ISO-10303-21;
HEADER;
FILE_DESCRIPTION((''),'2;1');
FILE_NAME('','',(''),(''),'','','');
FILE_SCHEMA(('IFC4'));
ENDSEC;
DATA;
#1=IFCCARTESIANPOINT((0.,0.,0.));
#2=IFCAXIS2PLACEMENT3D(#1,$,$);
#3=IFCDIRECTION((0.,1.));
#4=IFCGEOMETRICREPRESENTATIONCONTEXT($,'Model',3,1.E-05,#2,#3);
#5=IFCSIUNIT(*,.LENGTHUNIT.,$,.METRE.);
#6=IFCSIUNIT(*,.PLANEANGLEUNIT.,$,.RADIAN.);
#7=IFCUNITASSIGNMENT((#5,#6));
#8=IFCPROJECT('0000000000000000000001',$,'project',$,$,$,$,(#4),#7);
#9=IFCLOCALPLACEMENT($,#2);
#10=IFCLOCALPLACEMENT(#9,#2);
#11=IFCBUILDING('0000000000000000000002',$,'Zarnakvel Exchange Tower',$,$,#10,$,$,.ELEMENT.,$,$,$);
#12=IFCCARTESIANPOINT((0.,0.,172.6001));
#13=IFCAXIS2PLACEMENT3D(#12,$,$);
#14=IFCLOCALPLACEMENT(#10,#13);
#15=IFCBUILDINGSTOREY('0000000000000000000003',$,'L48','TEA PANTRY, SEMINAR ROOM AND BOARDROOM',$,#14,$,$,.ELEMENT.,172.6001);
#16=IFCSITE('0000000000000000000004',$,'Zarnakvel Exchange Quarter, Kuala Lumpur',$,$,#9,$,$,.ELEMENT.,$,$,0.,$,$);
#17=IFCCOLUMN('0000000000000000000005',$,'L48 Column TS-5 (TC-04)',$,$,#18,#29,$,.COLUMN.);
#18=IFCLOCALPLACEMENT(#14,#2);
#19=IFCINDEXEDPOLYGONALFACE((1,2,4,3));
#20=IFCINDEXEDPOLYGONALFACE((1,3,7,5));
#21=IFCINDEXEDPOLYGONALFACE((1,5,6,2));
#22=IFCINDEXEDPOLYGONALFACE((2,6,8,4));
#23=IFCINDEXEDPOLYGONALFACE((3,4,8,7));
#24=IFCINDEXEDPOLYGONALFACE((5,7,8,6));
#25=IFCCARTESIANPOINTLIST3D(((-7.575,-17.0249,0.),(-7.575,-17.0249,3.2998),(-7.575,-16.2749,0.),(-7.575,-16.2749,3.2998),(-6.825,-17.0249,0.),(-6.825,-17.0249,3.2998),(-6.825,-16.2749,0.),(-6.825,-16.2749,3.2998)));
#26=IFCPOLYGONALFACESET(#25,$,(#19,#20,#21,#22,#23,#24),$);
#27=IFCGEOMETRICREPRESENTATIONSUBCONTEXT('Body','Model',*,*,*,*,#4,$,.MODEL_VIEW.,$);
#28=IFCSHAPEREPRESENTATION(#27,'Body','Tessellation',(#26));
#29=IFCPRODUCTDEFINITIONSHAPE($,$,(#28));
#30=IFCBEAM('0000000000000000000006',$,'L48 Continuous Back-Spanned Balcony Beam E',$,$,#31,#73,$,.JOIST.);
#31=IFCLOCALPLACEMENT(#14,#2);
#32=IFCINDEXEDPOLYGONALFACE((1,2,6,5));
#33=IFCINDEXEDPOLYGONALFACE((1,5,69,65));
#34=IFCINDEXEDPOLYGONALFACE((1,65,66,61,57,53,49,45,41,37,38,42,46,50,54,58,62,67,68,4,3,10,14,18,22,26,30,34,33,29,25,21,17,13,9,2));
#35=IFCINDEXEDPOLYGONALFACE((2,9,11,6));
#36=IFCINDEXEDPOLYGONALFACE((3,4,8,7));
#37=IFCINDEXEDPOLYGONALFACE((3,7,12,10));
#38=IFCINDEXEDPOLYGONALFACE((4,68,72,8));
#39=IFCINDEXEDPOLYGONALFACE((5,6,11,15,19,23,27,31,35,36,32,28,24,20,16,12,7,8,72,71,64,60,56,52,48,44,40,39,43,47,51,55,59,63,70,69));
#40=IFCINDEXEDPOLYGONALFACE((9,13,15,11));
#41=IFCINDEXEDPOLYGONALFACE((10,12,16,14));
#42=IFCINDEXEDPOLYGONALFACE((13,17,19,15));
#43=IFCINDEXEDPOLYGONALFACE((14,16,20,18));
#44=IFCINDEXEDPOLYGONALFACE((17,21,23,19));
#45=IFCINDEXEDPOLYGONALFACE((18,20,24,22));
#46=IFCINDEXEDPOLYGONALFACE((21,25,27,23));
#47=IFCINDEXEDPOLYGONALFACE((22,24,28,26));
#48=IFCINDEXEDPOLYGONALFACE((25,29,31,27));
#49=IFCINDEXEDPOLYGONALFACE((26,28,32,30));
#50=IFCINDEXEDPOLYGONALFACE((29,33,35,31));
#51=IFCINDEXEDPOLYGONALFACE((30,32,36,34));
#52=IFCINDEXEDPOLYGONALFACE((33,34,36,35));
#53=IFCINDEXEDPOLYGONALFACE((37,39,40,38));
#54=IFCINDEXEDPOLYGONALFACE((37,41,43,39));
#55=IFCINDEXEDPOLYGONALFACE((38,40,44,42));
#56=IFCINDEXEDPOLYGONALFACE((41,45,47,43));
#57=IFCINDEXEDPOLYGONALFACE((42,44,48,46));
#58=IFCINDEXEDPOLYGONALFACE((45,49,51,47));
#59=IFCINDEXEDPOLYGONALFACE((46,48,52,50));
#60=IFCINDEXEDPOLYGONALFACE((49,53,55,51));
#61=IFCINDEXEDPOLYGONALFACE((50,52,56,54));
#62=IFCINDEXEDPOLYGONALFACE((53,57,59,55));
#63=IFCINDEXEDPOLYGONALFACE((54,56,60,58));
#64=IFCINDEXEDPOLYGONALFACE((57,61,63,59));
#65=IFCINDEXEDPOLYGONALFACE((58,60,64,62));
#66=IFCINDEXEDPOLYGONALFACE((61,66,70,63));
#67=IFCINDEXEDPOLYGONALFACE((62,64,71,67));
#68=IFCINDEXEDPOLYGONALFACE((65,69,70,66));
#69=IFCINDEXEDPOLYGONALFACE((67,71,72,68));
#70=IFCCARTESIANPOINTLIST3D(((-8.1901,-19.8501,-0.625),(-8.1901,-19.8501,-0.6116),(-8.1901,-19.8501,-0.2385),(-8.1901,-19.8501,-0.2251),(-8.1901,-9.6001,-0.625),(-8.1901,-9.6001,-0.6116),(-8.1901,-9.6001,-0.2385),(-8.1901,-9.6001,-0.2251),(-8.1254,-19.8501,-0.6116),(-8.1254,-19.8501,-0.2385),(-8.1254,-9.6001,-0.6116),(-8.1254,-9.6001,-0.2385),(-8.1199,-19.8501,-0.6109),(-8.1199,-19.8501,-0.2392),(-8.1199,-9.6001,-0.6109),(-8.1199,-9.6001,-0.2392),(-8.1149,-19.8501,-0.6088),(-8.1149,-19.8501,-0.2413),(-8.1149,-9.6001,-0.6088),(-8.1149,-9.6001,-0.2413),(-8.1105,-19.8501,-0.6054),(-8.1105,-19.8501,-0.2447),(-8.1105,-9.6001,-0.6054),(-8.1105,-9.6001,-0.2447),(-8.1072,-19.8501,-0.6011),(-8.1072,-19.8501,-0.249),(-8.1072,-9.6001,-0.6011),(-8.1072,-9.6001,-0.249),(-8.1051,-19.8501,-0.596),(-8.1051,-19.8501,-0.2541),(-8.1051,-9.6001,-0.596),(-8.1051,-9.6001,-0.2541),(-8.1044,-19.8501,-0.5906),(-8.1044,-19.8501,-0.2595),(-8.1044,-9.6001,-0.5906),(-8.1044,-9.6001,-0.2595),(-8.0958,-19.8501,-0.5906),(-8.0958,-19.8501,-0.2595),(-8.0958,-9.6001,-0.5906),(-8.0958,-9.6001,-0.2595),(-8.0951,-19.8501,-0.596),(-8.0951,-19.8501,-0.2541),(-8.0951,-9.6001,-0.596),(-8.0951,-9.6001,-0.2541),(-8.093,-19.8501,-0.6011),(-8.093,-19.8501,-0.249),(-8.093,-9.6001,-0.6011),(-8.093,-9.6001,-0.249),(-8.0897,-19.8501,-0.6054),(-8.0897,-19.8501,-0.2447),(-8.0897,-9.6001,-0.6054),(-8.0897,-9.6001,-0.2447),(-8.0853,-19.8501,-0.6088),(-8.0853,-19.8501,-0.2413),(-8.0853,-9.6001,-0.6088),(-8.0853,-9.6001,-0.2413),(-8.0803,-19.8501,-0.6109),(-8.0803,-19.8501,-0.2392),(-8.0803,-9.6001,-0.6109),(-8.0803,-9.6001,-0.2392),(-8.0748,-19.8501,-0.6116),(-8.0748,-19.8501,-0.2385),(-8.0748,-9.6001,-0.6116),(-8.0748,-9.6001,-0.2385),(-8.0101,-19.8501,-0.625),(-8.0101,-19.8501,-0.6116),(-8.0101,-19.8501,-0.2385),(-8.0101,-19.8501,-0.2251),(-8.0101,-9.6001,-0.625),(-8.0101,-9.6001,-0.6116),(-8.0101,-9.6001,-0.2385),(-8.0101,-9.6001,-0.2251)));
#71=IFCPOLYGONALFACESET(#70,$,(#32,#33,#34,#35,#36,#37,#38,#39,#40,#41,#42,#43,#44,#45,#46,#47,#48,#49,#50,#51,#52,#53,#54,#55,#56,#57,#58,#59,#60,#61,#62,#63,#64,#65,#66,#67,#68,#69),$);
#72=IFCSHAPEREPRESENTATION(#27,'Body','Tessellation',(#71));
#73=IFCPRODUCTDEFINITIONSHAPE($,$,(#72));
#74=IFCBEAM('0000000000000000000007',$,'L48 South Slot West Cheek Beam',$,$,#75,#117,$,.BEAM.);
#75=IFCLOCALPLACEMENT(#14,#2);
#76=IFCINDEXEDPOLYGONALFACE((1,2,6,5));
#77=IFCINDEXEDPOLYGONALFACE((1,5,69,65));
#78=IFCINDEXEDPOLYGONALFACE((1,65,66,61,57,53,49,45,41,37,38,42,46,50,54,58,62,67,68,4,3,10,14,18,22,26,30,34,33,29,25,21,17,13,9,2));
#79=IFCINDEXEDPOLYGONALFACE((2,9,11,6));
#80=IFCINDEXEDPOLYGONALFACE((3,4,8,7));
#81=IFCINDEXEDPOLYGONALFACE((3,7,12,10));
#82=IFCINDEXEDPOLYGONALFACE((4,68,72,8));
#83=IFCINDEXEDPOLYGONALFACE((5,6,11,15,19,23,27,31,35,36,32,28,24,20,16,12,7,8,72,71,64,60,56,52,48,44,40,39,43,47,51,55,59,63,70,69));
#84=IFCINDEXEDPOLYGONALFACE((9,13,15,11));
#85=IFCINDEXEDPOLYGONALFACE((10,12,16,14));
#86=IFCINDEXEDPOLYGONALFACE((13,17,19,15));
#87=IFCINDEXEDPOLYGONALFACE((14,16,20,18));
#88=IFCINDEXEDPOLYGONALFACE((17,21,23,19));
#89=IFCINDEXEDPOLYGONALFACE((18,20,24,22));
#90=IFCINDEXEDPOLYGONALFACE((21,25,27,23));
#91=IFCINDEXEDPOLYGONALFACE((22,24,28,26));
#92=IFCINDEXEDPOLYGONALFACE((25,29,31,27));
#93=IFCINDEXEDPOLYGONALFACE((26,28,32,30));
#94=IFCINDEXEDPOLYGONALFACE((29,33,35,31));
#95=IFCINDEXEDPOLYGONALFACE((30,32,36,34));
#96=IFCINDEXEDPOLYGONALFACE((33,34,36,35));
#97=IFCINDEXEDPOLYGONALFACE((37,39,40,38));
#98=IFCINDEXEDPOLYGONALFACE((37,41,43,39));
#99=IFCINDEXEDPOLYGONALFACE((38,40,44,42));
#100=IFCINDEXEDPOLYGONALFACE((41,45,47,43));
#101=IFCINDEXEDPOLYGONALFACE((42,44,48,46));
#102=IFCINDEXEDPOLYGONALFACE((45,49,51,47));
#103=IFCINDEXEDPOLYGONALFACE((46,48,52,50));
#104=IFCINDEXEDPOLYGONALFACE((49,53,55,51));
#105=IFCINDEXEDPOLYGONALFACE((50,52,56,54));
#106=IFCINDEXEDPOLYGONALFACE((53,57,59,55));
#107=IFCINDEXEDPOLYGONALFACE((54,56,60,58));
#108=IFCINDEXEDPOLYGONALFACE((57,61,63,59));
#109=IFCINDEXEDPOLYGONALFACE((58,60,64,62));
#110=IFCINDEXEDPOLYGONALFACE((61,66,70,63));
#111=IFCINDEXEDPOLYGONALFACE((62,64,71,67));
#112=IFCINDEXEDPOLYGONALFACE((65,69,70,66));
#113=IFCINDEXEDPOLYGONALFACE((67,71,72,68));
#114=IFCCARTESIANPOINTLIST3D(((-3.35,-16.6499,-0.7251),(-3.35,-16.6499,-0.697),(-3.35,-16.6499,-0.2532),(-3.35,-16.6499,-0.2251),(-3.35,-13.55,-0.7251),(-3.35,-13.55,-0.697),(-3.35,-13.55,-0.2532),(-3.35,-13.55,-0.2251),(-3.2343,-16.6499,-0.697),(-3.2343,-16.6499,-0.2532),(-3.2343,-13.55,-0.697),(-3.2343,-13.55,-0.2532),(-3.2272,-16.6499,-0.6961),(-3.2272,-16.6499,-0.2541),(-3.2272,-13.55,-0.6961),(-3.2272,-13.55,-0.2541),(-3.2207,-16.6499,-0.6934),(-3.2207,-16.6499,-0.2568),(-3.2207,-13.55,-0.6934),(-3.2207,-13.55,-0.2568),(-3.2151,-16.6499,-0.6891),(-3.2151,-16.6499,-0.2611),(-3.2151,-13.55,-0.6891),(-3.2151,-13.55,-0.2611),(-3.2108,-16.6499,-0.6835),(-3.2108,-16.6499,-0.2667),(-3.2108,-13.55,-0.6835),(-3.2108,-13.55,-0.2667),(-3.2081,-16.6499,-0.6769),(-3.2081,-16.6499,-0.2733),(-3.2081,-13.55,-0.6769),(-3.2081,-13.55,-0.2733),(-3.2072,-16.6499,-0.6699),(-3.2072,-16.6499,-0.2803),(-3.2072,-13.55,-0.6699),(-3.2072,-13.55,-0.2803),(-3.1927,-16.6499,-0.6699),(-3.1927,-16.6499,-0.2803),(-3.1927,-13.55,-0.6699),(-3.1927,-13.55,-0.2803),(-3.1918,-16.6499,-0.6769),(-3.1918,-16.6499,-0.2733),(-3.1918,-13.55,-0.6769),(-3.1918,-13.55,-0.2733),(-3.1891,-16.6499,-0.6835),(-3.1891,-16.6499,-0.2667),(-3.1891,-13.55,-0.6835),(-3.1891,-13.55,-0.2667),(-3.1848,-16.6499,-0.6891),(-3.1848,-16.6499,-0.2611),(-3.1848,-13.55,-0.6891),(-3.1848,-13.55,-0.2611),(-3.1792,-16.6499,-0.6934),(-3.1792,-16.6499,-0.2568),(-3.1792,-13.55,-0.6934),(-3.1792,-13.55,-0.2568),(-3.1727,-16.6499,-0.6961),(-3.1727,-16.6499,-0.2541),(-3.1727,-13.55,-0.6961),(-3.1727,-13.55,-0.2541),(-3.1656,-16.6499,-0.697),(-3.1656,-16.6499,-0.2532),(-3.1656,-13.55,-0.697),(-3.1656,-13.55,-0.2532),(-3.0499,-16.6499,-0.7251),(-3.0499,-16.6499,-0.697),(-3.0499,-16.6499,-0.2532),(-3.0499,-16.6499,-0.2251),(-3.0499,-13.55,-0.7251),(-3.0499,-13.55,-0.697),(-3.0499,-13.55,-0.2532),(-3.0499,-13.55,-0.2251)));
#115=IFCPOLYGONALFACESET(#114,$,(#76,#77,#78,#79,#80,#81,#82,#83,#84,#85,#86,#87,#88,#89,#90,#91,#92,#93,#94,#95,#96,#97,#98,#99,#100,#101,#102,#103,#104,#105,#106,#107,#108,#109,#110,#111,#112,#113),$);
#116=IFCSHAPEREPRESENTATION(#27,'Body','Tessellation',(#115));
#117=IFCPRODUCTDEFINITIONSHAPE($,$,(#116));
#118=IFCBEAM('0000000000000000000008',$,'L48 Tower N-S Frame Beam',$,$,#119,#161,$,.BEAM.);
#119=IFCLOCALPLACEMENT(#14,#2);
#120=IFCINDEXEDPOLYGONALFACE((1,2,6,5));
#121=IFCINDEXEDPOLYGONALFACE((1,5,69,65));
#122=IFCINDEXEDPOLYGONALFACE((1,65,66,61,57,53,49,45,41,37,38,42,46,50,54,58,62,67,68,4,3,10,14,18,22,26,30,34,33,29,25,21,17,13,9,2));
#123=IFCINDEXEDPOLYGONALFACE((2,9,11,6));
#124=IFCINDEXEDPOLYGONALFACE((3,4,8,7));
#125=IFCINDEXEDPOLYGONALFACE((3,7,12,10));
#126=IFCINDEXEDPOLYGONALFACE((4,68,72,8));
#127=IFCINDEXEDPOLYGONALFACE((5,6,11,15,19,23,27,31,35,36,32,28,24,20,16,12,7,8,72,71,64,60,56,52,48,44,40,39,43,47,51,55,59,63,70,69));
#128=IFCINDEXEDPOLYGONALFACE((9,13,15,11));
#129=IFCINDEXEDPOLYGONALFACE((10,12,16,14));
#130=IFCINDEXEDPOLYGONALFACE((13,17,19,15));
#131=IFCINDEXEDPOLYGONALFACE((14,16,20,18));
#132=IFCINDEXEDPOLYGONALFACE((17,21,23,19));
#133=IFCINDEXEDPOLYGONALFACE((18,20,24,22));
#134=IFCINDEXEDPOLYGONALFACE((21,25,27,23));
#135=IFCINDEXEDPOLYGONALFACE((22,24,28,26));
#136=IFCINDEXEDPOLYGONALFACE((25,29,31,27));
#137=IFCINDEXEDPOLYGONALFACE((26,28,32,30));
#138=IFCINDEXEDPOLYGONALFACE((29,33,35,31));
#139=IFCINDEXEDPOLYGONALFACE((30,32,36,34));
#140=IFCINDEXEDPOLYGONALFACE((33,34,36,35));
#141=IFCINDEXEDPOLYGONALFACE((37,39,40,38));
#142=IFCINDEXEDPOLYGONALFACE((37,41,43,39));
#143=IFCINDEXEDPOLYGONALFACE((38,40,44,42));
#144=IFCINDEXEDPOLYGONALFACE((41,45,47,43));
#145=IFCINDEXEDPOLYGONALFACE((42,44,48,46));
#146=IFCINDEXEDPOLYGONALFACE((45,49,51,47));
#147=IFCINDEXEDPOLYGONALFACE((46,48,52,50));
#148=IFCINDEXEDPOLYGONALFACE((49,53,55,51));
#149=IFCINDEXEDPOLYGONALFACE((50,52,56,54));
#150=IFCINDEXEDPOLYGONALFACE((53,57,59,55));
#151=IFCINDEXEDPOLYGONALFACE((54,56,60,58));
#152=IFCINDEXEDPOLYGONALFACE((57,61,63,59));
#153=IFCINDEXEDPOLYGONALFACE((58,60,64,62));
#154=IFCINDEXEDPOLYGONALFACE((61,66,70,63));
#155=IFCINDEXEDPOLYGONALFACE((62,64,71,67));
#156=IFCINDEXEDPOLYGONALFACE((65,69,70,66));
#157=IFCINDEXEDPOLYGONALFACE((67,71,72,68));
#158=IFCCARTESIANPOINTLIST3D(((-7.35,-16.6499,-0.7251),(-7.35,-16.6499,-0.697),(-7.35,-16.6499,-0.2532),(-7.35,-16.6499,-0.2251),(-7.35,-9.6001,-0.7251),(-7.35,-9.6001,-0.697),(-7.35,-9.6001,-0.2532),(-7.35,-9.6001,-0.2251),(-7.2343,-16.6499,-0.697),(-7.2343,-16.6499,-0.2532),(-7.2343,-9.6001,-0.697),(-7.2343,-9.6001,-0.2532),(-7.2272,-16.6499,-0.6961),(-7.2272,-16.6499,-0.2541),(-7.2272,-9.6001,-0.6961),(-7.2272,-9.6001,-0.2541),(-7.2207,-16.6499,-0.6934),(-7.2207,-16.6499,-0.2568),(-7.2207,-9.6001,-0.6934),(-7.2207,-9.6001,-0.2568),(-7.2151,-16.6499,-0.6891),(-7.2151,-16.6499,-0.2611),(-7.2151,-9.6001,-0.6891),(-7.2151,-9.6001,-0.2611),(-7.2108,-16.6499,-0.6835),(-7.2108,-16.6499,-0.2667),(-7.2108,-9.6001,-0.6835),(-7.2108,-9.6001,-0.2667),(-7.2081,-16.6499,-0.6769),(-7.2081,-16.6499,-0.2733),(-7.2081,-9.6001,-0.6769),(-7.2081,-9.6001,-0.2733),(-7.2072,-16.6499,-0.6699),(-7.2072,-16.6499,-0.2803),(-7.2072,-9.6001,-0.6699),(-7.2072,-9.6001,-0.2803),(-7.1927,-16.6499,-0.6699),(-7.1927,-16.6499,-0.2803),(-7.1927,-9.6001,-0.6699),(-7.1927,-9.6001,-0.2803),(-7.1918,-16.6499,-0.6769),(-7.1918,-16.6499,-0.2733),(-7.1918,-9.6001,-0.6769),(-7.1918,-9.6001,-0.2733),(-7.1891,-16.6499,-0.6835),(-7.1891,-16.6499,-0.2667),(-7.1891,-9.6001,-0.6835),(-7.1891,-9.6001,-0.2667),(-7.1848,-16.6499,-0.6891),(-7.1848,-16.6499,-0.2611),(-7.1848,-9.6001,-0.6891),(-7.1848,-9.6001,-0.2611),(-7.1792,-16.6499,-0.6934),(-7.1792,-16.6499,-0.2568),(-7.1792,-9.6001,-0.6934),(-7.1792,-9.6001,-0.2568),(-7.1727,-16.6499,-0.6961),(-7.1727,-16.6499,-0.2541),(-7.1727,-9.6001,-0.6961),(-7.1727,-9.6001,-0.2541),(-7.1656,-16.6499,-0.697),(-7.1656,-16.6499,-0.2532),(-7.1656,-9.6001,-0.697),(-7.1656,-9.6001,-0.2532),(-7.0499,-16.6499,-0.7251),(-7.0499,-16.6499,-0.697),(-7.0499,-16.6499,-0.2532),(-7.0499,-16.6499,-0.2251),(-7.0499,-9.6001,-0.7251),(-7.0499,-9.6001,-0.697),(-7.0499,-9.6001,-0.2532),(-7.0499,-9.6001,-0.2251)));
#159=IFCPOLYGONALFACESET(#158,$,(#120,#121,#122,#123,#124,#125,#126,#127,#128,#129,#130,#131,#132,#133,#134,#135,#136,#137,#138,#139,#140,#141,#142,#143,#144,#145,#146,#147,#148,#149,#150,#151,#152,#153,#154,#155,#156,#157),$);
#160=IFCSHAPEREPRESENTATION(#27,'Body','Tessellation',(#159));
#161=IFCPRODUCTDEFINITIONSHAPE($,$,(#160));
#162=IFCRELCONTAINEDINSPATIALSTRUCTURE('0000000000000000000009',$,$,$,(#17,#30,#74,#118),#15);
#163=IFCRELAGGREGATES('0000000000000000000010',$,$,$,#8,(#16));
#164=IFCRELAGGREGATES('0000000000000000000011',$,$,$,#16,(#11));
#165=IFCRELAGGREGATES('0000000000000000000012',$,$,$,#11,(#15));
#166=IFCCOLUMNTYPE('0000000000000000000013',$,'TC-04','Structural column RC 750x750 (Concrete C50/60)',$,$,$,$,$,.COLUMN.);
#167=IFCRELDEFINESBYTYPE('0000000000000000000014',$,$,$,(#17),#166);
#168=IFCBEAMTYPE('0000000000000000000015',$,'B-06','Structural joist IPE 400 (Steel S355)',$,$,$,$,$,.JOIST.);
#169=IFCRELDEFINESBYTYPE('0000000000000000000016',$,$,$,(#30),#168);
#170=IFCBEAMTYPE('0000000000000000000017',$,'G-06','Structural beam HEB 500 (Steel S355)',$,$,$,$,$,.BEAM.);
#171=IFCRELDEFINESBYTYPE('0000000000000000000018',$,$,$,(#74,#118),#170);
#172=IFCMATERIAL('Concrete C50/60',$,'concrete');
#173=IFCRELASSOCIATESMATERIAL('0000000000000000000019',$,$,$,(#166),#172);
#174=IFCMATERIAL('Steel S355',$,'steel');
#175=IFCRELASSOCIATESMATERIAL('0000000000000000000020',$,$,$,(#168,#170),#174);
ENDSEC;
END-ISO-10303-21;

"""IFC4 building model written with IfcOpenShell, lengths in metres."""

from ifc_helpers import new_model, si_unit, direction, frame, origin, origin_2d, place, context, subcontext, project, spatial, rectangle, i_section, extrude, material, material_profile, profile_set, type_object, element, save


model = new_model("IFC4")

# Units and contexts
model_context = context("Model", 3, precision=1e-05, world=origin(), true_north=direction((0.0, 1.0)))
body_context = subcontext(model_context, "Body", "Model", "MODEL_VIEW")
ifc_project = project(units=[si_unit("LENGTHUNIT", "METRE"), si_unit("PLANEANGLEUNIT", "RADIAN")], contexts=[model_context])

# Site, building, storey
site_placement = place(None, origin())
site = spatial("IfcSite", under=ifc_project, at=site_placement, Name="Zarnakvel Exchange Quarter, Kuala Lumpur", CompositionType="ELEMENT", RefElevation=0.0)
building_placement = place(site_placement, origin())
building = spatial("IfcBuilding", under=site, at=building_placement, Name="Zarnakvel Exchange Tower", CompositionType="ELEMENT")
storey_placement = place(building_placement, frame((0.0, 0.0, 172.6001)))
storey = spatial("IfcBuildingStorey", under=building, at=storey_placement, Name="L48", Description="TEA PANTRY, SEMINAR ROOM AND BOARDROOM", CompositionType="ELEMENT", Elevation=172.6001)

# Column
ifc_material_1 = material(Name="Concrete C50/60", Category="concrete")
ifc_material_profile_1 = material_profile(ifc_material_1, rectangle(XDim=0.75, YDim=0.75, at=origin_2d()))
ifc_profile_set_1 = profile_set([ifc_material_profile_1], Name="Concrete C50/60")
column_type = type_object("IfcColumnType", Name="TC-04", Description="Structural column RC 750x750 (Concrete C50/60)", PredefinedType="COLUMN", material=ifc_profile_set_1)
column_placement = place(storey_placement, frame((-7.2, -16.6499, 0.0), z_axis=(0.0, 0.0, 1.0), x_axis=(1.0, 0.0, 0.0)))
element("IfcColumn", 1, at=column_placement, inside=storey, type_object=column_type, Name="L48 Column TS-5 (TC-04)", PredefinedType="COLUMN", context=body_context, shape_type="SweptSolid", body=[
    extrude(rectangle(XDim=0.75, YDim=0.75, at=origin_2d()), origin(), (0.0, 0.0, 1.0), 3.2998),
])

# Beams
ifc_material_2 = material(Name="Steel S355", Category="steel")
ifc_material_profile_2 = material_profile(ifc_material_2, i_section(OverallWidth=0.1799, OverallDepth=0.3999, WebThickness=0.0085, FlangeThickness=0.0134, FilletRadius=0.021, at=origin_2d()))
ifc_profile_set_2 = profile_set([ifc_material_profile_2], Name="Steel S355")
beam_type_1 = type_object("IfcBeamType", Name="B-06", Description="Structural joist IPE 400 (Steel S355)", PredefinedType="JOIST", material=ifc_profile_set_2)
beam_1_placement = place(storey_placement, frame((-8.1001, -9.6001, -0.425), z_axis=(0.0, -1.0, 0.0), x_axis=(1.0, 0.0, 0.0)))
element("IfcBeam", 2, at=beam_1_placement, inside=storey, type_object=beam_type_1, Name="L48 Continuous Back-Spanned Balcony Beam E", PredefinedType="JOIST", context=body_context, shape_type="SweptSolid", body=[
    extrude(i_section(OverallWidth=0.1799, OverallDepth=0.3999, WebThickness=0.0085, FlangeThickness=0.0134, FilletRadius=0.021, at=origin_2d()), origin(), (0.0, 0.0, 1.0), 10.25),
])
ifc_material_profile_3 = material_profile(ifc_material_2, i_section(OverallWidth=0.3, OverallDepth=0.5, WebThickness=0.0144, FlangeThickness=0.0281, FilletRadius=0.0271, at=origin_2d()))
ifc_profile_set_3 = profile_set([ifc_material_profile_3], Name="Steel S355")
beam_type_2 = type_object("IfcBeamType", Name="G-06", Description="Structural beam HEB 500 (Steel S355)", PredefinedType="BEAM", material=ifc_profile_set_3)
beam_2_placement = place(storey_placement, frame((-3.2, -16.6499, -0.4751), z_axis=(0.0, 1.0, 0.0), x_axis=(-1.0, 0.0, 0.0)))
element("IfcBeam", 3, at=beam_2_placement, inside=storey, type_object=beam_type_2, Name="L48 South Slot West Cheek Beam", PredefinedType="BEAM", context=body_context, shape_type="SweptSolid", body=[
    extrude(i_section(OverallWidth=0.3, OverallDepth=0.5, WebThickness=0.0144, FlangeThickness=0.0281, FilletRadius=0.0271, at=origin_2d()), origin(), (0.0, 0.0, 1.0), 3.0999),
])
beam_3_placement = place(storey_placement, frame((-7.2, -16.6499, -0.4751), z_axis=(0.0, 1.0, 0.0), x_axis=(-1.0, 0.0, 0.0)))
element("IfcBeam", 4, at=beam_3_placement, inside=storey, type_object=beam_type_2, Name="L48 Tower N-S Frame Beam", PredefinedType="BEAM", context=body_context, shape_type="SweptSolid", body=[
    extrude(i_section(OverallWidth=0.3, OverallDepth=0.5, WebThickness=0.0144, FlangeThickness=0.0281, FilletRadius=0.0271, at=origin_2d()), origin(), (0.0, 0.0, 1.0), 7.0498),
])

save(model, "model.ifc")
